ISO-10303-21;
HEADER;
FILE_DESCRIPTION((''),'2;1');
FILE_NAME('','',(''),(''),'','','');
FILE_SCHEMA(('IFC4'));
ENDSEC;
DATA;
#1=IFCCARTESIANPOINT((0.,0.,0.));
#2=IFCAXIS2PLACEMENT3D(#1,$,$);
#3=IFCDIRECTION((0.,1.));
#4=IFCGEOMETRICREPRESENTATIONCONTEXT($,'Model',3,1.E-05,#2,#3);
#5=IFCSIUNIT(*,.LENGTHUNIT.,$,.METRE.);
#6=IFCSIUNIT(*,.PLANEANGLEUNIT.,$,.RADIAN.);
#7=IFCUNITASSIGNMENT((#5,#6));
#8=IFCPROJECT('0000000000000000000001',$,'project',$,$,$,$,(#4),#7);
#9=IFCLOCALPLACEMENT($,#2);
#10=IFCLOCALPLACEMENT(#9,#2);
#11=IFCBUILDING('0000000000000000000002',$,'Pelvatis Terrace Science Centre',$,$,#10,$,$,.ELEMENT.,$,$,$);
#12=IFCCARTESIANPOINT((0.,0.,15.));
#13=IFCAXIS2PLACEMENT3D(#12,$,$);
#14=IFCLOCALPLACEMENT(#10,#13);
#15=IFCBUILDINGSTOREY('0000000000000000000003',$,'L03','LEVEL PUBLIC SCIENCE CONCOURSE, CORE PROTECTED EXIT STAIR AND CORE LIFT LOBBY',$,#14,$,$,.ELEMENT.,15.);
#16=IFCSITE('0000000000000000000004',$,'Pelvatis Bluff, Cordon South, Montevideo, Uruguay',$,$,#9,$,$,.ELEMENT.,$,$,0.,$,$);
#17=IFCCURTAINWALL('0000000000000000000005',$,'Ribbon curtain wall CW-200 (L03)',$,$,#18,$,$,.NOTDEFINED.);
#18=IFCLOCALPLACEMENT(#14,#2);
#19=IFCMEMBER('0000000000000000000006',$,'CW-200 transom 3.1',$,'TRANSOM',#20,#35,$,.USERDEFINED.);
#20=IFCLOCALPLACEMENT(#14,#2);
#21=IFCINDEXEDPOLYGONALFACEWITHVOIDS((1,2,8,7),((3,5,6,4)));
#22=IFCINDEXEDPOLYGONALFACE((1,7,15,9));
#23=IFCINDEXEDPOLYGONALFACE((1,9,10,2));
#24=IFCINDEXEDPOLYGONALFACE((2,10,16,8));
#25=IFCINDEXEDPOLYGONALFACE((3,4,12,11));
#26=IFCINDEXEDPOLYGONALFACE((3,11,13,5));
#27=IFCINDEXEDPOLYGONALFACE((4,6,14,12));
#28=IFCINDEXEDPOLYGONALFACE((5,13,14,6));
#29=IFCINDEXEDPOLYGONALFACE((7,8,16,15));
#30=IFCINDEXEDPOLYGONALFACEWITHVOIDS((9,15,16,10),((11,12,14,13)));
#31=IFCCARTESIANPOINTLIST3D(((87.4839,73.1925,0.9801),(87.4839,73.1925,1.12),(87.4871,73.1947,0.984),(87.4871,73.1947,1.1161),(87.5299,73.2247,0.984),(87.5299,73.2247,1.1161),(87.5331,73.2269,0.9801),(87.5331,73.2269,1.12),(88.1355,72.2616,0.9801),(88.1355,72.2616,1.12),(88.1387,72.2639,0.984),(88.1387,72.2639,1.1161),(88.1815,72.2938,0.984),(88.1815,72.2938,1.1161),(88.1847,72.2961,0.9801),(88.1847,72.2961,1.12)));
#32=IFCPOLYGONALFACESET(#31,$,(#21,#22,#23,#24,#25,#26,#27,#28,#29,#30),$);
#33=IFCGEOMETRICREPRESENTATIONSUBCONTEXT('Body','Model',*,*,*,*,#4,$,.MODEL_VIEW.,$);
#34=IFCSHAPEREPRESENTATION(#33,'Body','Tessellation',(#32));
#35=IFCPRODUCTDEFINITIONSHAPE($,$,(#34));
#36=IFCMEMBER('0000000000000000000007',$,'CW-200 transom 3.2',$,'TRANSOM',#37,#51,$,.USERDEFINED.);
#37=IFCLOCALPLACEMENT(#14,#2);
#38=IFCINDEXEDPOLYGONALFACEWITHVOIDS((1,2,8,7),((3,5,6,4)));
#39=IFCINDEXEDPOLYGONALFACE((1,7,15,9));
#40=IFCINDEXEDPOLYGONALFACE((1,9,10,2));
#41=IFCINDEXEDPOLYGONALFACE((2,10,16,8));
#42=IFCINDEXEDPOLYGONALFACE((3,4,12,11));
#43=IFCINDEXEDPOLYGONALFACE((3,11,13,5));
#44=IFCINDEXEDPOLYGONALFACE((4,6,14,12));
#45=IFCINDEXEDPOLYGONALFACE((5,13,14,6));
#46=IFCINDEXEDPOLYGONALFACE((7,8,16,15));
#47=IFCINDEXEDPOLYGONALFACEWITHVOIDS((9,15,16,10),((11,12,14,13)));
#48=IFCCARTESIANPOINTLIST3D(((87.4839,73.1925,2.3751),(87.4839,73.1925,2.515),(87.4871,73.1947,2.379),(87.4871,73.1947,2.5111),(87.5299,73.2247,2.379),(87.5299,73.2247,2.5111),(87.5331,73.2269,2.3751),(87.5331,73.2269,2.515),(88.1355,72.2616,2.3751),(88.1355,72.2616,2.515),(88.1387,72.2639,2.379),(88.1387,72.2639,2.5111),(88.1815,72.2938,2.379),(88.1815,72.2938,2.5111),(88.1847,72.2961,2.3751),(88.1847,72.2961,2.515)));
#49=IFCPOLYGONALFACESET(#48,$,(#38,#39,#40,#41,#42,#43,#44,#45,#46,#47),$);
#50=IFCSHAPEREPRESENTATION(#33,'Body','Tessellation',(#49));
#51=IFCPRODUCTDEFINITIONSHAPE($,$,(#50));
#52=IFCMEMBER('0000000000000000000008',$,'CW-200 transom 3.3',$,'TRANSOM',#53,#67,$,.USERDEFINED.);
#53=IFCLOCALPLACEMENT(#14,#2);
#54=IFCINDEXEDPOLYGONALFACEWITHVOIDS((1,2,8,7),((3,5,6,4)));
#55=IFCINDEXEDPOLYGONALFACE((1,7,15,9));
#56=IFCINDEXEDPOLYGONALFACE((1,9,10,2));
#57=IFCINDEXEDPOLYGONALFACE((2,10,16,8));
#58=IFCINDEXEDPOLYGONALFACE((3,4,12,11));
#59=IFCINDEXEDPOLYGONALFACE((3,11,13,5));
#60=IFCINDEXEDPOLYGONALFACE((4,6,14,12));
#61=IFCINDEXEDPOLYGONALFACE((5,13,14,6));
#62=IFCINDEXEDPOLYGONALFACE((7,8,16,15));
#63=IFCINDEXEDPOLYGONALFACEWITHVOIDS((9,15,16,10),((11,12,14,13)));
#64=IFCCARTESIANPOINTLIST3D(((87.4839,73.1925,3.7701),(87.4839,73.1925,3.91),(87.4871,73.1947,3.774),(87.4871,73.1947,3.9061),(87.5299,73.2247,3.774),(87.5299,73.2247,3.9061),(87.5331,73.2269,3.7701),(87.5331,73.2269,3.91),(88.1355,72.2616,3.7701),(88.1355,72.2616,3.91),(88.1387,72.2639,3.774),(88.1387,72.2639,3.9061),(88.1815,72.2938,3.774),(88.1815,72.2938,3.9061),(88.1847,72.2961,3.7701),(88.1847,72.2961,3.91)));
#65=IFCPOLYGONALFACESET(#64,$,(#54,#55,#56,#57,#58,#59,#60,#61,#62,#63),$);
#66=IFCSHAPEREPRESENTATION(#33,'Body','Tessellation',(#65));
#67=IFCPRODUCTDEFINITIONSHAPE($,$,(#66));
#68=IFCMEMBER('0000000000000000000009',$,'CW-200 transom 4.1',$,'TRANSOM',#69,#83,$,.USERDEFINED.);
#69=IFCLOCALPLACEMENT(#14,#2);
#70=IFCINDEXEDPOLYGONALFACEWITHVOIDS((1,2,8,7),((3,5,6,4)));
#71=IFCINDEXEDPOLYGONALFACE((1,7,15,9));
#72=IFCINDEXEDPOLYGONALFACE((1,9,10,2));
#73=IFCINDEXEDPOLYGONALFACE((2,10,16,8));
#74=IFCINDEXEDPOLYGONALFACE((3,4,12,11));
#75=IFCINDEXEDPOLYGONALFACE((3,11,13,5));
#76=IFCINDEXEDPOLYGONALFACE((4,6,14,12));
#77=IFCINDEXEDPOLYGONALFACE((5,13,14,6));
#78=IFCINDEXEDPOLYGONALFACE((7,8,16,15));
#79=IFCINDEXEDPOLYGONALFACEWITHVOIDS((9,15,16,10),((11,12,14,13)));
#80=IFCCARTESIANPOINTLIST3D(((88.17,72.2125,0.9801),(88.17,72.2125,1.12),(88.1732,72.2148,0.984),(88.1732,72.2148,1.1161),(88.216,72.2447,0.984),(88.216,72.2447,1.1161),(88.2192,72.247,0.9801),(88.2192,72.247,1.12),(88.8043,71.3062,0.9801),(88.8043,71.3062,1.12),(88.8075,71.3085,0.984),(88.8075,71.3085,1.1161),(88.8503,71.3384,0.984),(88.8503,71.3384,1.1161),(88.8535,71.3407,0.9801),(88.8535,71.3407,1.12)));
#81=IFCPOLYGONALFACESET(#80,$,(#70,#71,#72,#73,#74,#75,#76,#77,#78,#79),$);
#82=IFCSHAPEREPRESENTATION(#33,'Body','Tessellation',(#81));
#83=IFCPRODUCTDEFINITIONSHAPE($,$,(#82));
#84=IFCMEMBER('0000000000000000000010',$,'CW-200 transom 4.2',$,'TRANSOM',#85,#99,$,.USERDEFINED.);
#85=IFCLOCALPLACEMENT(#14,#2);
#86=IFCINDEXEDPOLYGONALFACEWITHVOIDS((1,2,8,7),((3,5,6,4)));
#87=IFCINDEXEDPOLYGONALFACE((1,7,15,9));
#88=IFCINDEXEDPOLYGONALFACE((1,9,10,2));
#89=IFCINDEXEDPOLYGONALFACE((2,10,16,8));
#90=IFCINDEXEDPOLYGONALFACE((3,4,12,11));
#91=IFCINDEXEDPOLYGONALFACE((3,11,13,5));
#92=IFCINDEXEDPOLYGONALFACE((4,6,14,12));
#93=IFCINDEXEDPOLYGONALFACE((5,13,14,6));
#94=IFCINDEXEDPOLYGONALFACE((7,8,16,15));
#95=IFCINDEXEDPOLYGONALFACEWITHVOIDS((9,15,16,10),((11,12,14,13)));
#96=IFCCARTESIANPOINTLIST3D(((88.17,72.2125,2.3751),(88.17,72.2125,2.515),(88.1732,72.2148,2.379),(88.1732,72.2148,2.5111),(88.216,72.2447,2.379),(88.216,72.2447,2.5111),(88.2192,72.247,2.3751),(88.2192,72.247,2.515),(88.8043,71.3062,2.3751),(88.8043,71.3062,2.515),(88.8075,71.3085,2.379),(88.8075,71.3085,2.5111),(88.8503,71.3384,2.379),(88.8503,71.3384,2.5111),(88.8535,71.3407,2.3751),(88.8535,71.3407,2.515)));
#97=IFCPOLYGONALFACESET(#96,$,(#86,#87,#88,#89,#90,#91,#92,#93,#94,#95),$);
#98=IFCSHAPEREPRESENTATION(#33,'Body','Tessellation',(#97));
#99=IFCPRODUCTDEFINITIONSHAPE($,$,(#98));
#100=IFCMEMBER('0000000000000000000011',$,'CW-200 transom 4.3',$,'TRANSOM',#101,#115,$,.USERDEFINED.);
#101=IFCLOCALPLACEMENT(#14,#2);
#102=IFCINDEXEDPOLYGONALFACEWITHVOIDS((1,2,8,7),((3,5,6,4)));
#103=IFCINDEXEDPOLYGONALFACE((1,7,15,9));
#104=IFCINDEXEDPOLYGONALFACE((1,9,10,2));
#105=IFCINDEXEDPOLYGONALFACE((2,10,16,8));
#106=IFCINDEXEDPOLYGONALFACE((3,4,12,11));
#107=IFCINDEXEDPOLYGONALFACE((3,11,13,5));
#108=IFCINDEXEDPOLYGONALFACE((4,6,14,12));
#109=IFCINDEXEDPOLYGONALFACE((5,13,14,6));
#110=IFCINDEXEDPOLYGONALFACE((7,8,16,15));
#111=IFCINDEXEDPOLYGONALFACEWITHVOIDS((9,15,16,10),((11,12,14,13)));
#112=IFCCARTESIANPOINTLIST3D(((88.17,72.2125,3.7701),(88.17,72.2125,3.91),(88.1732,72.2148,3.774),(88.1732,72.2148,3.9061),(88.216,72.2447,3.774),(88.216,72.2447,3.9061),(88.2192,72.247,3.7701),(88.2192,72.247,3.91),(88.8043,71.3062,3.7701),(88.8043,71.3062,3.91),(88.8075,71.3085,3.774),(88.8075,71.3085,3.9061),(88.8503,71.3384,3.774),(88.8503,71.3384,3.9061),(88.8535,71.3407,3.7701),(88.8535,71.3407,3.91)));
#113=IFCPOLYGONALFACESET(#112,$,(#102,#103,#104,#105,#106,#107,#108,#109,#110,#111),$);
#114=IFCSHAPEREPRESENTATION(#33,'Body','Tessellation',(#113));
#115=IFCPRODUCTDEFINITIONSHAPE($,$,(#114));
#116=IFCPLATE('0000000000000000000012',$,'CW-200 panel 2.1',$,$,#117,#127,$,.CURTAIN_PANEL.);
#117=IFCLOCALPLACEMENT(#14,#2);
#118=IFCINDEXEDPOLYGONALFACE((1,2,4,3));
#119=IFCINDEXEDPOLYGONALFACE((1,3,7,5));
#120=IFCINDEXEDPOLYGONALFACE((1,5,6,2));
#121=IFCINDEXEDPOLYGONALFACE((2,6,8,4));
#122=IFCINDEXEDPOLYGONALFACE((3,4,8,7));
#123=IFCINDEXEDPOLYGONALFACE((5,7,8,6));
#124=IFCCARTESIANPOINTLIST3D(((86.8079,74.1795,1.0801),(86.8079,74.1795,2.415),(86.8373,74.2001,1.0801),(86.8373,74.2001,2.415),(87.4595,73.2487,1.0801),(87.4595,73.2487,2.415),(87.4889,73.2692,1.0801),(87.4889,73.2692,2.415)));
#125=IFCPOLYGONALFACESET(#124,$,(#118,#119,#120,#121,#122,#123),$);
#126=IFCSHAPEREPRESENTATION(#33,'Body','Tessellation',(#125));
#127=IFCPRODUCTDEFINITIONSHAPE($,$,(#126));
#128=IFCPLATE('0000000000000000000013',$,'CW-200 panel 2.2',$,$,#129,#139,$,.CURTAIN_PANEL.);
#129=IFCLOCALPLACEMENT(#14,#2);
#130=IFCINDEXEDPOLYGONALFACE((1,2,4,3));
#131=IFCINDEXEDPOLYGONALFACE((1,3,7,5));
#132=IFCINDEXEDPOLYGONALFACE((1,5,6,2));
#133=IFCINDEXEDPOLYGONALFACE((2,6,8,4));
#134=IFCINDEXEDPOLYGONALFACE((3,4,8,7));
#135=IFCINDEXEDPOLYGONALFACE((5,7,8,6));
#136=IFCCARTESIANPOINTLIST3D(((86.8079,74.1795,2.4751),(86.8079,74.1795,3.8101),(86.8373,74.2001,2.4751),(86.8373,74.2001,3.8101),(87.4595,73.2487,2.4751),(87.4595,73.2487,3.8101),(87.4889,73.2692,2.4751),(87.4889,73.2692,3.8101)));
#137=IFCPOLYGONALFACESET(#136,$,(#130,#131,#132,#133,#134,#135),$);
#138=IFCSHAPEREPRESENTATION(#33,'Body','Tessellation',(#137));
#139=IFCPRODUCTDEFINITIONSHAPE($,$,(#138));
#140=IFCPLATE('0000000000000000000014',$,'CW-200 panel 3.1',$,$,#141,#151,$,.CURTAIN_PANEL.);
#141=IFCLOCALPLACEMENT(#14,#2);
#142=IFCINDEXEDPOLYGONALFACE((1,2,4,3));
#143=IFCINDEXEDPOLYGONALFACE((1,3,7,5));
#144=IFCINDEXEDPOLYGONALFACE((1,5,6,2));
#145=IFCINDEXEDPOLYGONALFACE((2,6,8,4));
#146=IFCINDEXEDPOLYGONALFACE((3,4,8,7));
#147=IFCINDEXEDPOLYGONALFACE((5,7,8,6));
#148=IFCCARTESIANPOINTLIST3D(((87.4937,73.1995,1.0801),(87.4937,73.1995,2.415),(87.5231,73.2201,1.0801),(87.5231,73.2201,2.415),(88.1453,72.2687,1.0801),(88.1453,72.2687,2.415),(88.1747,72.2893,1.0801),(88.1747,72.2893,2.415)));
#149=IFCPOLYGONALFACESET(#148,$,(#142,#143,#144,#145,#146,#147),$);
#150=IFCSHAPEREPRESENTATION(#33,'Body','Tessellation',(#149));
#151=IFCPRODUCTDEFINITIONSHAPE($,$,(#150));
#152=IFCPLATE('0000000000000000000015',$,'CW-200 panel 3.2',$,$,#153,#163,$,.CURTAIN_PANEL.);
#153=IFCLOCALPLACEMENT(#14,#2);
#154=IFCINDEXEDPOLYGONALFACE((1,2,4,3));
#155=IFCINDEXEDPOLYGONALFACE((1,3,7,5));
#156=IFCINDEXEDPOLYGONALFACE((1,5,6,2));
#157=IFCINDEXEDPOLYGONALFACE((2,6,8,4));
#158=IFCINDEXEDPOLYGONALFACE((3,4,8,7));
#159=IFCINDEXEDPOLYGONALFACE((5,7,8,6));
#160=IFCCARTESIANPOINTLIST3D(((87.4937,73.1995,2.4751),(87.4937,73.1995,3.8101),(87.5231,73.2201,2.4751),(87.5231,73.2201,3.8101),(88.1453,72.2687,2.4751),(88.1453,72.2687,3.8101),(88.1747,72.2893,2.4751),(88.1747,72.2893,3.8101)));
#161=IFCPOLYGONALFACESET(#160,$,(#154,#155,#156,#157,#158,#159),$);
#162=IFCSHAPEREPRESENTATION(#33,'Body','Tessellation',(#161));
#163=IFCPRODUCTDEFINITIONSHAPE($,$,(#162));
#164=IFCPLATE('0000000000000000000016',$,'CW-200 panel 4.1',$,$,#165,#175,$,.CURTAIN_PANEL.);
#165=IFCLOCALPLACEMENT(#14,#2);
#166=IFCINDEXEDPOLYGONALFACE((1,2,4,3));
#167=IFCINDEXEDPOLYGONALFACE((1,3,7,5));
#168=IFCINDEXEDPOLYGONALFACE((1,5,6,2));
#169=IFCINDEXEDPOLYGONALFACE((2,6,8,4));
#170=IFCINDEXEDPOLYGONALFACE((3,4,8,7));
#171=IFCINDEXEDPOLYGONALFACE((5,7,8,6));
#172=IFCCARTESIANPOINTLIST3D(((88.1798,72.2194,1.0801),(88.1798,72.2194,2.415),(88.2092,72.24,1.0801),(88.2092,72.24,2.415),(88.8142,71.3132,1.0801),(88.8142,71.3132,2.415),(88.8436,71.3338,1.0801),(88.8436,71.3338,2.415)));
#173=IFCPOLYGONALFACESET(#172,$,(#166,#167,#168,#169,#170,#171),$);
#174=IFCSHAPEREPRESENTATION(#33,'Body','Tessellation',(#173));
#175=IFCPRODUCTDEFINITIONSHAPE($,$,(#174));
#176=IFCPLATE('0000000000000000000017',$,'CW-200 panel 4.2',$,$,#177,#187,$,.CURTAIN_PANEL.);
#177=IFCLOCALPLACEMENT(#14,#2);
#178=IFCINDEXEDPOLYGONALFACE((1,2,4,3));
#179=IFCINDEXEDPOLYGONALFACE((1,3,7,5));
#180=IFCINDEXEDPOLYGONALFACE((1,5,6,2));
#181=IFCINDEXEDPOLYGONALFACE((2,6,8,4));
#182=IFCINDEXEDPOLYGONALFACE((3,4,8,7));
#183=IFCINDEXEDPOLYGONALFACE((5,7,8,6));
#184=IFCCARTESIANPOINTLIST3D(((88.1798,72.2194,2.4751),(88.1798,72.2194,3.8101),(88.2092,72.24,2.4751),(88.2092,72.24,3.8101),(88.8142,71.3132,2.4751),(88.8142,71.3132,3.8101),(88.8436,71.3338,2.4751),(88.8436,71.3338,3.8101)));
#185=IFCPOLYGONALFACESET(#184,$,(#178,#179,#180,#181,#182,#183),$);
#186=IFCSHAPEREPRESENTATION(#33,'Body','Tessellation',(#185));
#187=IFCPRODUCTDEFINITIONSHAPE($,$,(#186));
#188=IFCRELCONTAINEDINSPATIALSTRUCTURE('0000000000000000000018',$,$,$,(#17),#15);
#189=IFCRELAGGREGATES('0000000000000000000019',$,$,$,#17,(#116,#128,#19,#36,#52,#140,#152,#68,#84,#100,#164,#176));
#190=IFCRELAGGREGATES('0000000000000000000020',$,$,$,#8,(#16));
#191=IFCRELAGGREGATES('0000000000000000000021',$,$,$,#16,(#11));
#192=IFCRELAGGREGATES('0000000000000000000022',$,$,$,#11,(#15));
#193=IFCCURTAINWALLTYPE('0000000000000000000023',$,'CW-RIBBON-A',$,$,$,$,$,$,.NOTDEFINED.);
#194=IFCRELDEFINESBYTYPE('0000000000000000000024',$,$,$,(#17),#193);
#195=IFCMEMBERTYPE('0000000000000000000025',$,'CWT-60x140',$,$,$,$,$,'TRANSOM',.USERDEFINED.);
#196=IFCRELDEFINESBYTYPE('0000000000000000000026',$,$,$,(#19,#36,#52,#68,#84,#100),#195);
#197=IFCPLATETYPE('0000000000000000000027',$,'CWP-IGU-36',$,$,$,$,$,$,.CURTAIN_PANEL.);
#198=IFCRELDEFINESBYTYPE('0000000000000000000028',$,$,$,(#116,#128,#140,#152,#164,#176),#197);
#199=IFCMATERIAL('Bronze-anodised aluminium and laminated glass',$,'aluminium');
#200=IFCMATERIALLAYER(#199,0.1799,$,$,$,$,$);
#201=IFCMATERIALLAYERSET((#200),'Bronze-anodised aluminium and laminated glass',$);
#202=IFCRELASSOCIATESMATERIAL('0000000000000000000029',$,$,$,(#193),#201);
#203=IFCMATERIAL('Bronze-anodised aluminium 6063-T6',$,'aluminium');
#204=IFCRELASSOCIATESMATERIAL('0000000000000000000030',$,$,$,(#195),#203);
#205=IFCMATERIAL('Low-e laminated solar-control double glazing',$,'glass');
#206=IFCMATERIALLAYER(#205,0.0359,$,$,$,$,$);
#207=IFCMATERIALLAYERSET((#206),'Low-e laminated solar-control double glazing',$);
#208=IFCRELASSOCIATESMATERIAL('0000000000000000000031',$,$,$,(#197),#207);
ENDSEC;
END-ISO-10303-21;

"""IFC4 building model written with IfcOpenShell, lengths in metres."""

from ifc_helpers import new_model, si_unit, direction, frame, origin, origin_2d, place, context, subcontext, project, spatial, rectangle, hollow_rectangle, extrude, material, layer, layer_set, material_profile, profile_set, type_object, element, aggregate, save


model = new_model("IFC4")

# Units and contexts
model_context = context("Model", 3, precision=1e-05, world=origin(), true_north=direction((0.0, 1.0)))
body_context = subcontext(model_context, "Body", "Model", "MODEL_VIEW")
ifc_project = project(units=[si_unit("LENGTHUNIT", "METRE"), si_unit("PLANEANGLEUNIT", "RADIAN")], contexts=[model_context])

# Site, building, storey
site_placement = place(None, origin())
site = spatial("IfcSite", under=ifc_project, at=site_placement, Name="Pelvatis Bluff, Cordon South, Montevideo, Uruguay", CompositionType="ELEMENT", RefElevation=0.0)
building_placement = place(site_placement, origin())
building = spatial("IfcBuilding", under=site, at=building_placement, Name="Pelvatis Terrace Science Centre", CompositionType="ELEMENT")
storey_placement = place(building_placement, frame((0.0, 0.0, 15.0)))
storey = spatial("IfcBuildingStorey", under=building, at=storey_placement, Name="L03", Description="LEVEL PUBLIC SCIENCE CONCOURSE, CORE PROTECTED EXIT STAIR AND CORE LIFT LOBBY", CompositionType="ELEMENT", Elevation=15.0)

# Curtain wall
ifc_material_1 = material(Name="Bronze-anodised aluminium and laminated glass", Category="aluminium")
ifc_layer_1 = layer(ifc_material_1, 0.1799)
ifc_layer_set_1 = layer_set([ifc_layer_1], Name="Bronze-anodised aluminium and laminated glass")
curtain_wall_type = type_object("IfcCurtainWallType", Name="CW-RIBBON-A", PredefinedType="NOTDEFINED", material=ifc_layer_set_1)
curtain_wall_1_placement = place(storey_placement, origin())
curtain_wall_1 = element("IfcCurtainWall", 1, at=curtain_wall_1_placement, inside=storey, type_object=curtain_wall_type, Name="Ribbon curtain wall CW-200 (L03)", PredefinedType="NOTDEFINED")

# Members
ifc_material_2 = material(Name="Bronze-anodised aluminium 6063-T6", Category="aluminium")
ifc_material_profile_1 = material_profile(ifc_material_2, hollow_rectangle(XDim=0.0601, YDim=0.1399, WallThickness=0.0039, at=origin_2d()), Name="ALU-TRN 60x140")
ifc_profile_set_1 = profile_set([ifc_material_profile_1], Name="Bronze-anodised aluminium 6063-T6")
member_type_1 = type_object("IfcMemberType", Name="CWT-60x140", ElementType="TRANSOM", PredefinedType="USERDEFINED", material=ifc_profile_set_1)
member_1_placement = place(storey_placement, frame((87.5085, 73.2097, 1.05), z_axis=(0.573448, -0.819242, 0.0), x_axis=(0.819242, 0.573448, 0.0)))
member_1 = element("IfcMember", 2, at=member_1_placement, type_object=member_type_1, Name="CW-200 transom 3.1", ObjectType="TRANSOM", PredefinedType="USERDEFINED", context=body_context, shape_type="SweptSolid", body=[
    extrude(hollow_rectangle(XDim=0.0601, YDim=0.1399, WallThickness=0.0039, at=origin_2d()), origin(), (0.0, 0.0, 1.0), 1.1362),
])
member_2_placement = place(storey_placement, frame((87.5085, 73.2097, 2.4451), z_axis=(0.573448, -0.819242, 0.0), x_axis=(0.819242, 0.573448, 0.0)))
member_2 = element("IfcMember", 3, at=member_2_placement, type_object=member_type_1, Name="CW-200 transom 3.2", ObjectType="TRANSOM", PredefinedType="USERDEFINED", context=body_context, shape_type="SweptSolid", body=[
    extrude(hollow_rectangle(XDim=0.0601, YDim=0.1399, WallThickness=0.0039, at=origin_2d()), origin(), (0.0, 0.0, 1.0), 1.1362),
])
member_3_placement = place(storey_placement, frame((87.5085, 73.2097, 3.8401), z_axis=(0.573448, -0.819242, 0.0), x_axis=(0.819242, 0.573448, 0.0)))
member_3 = element("IfcMember", 4, at=member_3_placement, type_object=member_type_1, Name="CW-200 transom 3.3", ObjectType="TRANSOM", PredefinedType="USERDEFINED", context=body_context, shape_type="SweptSolid", body=[
    extrude(hollow_rectangle(XDim=0.0601, YDim=0.1399, WallThickness=0.0039, at=origin_2d()), origin(), (0.0, 0.0, 1.0), 1.1362),
])
member_4_placement = place(storey_placement, frame((88.1946, 72.2297, 1.05), z_axis=(0.573403, -0.819273, 0.0), x_axis=(0.819273, 0.573403, 0.0)))
member_4 = element("IfcMember", 5, at=member_4_placement, type_object=member_type_1, Name="CW-200 transom 4.1", ObjectType="TRANSOM", PredefinedType="USERDEFINED", context=body_context, shape_type="SweptSolid", body=[
    extrude(hollow_rectangle(XDim=0.0601, YDim=0.1399, WallThickness=0.0039, at=origin_2d()), origin(), (0.0, 0.0, 1.0), 1.1062),
])
member_5_placement = place(storey_placement, frame((88.1946, 72.2297, 2.4451), z_axis=(0.573403, -0.819273, 0.0), x_axis=(0.819273, 0.573403, 0.0)))
member_5 = element("IfcMember", 6, at=member_5_placement, type_object=member_type_1, Name="CW-200 transom 4.2", ObjectType="TRANSOM", PredefinedType="USERDEFINED", context=body_context, shape_type="SweptSolid", body=[
    extrude(hollow_rectangle(XDim=0.0601, YDim=0.1399, WallThickness=0.0039, at=origin_2d()), origin(), (0.0, 0.0, 1.0), 1.1062),
])
member_6_placement = place(storey_placement, frame((88.1946, 72.2297, 3.8401), z_axis=(0.573403, -0.819273, 0.0), x_axis=(0.819273, 0.573403, 0.0)))
member_6 = element("IfcMember", 7, at=member_6_placement, type_object=member_type_1, Name="CW-200 transom 4.3", ObjectType="TRANSOM", PredefinedType="USERDEFINED", context=body_context, shape_type="SweptSolid", body=[
    extrude(hollow_rectangle(XDim=0.0601, YDim=0.1399, WallThickness=0.0039, at=origin_2d()), origin(), (0.0, 0.0, 1.0), 1.1062),
])

# Plates
ifc_material_3 = material(Name="Low-e laminated solar-control double glazing", Category="glass")
ifc_layer_2 = layer(ifc_material_3, 0.0359)
ifc_layer_set_2 = layer_set([ifc_layer_2], Name="Low-e laminated solar-control double glazing")
plate_type = type_object("IfcPlateType", Name="CWP-IGU-36", PredefinedType="CURTAIN_PANEL", material=ifc_layer_set_2)
plate_1_placement = place(storey_placement, frame((87.1484, 73.7244, 1.0801), z_axis=(0.0, 0.0, 1.0), x_axis=(0.573468, -0.819228, 0.0)))
plate_1 = element("IfcPlate", 8, at=plate_1_placement, type_object=plate_type, Name="CW-200 panel 2.1", PredefinedType="CURTAIN_PANEL", context=body_context, shape_type="SweptSolid", body=[
    extrude(rectangle(XDim=1.1362, YDim=0.0359, at=origin_2d()), origin(), (0.0, 0.0, 1.0), 1.335),
])
plate_2_placement = place(storey_placement, frame((87.1484, 73.7244, 2.4751), z_axis=(0.0, 0.0, 1.0), x_axis=(0.573468, -0.819228, 0.0)))
plate_2 = element("IfcPlate", 9, at=plate_2_placement, type_object=plate_type, Name="CW-200 panel 2.2", PredefinedType="CURTAIN_PANEL", context=body_context, shape_type="SweptSolid", body=[
    extrude(rectangle(XDim=1.1362, YDim=0.0359, at=origin_2d()), origin(), (0.0, 0.0, 1.0), 1.335),
])
plate_3_placement = place(storey_placement, frame((87.8342, 72.7444, 1.0801), z_axis=(0.0, 0.0, 1.0), x_axis=(0.573468, -0.819228, 0.0)))
plate_3 = element("IfcPlate", 10, at=plate_3_placement, type_object=plate_type, Name="CW-200 panel 3.1", PredefinedType="CURTAIN_PANEL", context=body_context, shape_type="SweptSolid", body=[
    extrude(rectangle(XDim=1.1362, YDim=0.0359, at=origin_2d()), origin(), (0.0, 0.0, 1.0), 1.335),
])
plate_4_placement = place(storey_placement, frame((87.8342, 72.7444, 2.4751), z_axis=(0.0, 0.0, 1.0), x_axis=(0.573468, -0.819228, 0.0)))
plate_4 = element("IfcPlate", 11, at=plate_4_placement, type_object=plate_type, Name="CW-200 panel 3.2", PredefinedType="CURTAIN_PANEL", context=body_context, shape_type="SweptSolid", body=[
    extrude(rectangle(XDim=1.1362, YDim=0.0359, at=origin_2d()), origin(), (0.0, 0.0, 1.0), 1.335),
])
plate_5_placement = place(storey_placement, frame((88.5117, 71.7766, 1.0801), z_axis=(0.0, 0.0, 1.0), x_axis=(0.573468, -0.819228, 0.0)))
plate_5 = element("IfcPlate", 12, at=plate_5_placement, type_object=plate_type, Name="CW-200 panel 4.1", PredefinedType="CURTAIN_PANEL", context=body_context, shape_type="SweptSolid", body=[
    extrude(rectangle(XDim=1.1062, YDim=0.0359, at=origin_2d()), origin(), (0.0, 0.0, 1.0), 1.335),
])
plate_6_placement = place(storey_placement, frame((88.5117, 71.7766, 2.4751), z_axis=(0.0, 0.0, 1.0), x_axis=(0.573468, -0.819228, 0.0)))
plate_6 = element("IfcPlate", 13, at=plate_6_placement, type_object=plate_type, Name="CW-200 panel 4.2", PredefinedType="CURTAIN_PANEL", context=body_context, shape_type="SweptSolid", body=[
    extrude(rectangle(XDim=1.1062, YDim=0.0359, at=origin_2d()), origin(), (0.0, 0.0, 1.0), 1.335),
])
aggregate(curtain_wall_1, [plate_1, plate_2, member_1, member_2, member_3, plate_3, plate_4, member_4, member_5, member_6, plate_5, plate_6])

save(model, "model.ifc")
